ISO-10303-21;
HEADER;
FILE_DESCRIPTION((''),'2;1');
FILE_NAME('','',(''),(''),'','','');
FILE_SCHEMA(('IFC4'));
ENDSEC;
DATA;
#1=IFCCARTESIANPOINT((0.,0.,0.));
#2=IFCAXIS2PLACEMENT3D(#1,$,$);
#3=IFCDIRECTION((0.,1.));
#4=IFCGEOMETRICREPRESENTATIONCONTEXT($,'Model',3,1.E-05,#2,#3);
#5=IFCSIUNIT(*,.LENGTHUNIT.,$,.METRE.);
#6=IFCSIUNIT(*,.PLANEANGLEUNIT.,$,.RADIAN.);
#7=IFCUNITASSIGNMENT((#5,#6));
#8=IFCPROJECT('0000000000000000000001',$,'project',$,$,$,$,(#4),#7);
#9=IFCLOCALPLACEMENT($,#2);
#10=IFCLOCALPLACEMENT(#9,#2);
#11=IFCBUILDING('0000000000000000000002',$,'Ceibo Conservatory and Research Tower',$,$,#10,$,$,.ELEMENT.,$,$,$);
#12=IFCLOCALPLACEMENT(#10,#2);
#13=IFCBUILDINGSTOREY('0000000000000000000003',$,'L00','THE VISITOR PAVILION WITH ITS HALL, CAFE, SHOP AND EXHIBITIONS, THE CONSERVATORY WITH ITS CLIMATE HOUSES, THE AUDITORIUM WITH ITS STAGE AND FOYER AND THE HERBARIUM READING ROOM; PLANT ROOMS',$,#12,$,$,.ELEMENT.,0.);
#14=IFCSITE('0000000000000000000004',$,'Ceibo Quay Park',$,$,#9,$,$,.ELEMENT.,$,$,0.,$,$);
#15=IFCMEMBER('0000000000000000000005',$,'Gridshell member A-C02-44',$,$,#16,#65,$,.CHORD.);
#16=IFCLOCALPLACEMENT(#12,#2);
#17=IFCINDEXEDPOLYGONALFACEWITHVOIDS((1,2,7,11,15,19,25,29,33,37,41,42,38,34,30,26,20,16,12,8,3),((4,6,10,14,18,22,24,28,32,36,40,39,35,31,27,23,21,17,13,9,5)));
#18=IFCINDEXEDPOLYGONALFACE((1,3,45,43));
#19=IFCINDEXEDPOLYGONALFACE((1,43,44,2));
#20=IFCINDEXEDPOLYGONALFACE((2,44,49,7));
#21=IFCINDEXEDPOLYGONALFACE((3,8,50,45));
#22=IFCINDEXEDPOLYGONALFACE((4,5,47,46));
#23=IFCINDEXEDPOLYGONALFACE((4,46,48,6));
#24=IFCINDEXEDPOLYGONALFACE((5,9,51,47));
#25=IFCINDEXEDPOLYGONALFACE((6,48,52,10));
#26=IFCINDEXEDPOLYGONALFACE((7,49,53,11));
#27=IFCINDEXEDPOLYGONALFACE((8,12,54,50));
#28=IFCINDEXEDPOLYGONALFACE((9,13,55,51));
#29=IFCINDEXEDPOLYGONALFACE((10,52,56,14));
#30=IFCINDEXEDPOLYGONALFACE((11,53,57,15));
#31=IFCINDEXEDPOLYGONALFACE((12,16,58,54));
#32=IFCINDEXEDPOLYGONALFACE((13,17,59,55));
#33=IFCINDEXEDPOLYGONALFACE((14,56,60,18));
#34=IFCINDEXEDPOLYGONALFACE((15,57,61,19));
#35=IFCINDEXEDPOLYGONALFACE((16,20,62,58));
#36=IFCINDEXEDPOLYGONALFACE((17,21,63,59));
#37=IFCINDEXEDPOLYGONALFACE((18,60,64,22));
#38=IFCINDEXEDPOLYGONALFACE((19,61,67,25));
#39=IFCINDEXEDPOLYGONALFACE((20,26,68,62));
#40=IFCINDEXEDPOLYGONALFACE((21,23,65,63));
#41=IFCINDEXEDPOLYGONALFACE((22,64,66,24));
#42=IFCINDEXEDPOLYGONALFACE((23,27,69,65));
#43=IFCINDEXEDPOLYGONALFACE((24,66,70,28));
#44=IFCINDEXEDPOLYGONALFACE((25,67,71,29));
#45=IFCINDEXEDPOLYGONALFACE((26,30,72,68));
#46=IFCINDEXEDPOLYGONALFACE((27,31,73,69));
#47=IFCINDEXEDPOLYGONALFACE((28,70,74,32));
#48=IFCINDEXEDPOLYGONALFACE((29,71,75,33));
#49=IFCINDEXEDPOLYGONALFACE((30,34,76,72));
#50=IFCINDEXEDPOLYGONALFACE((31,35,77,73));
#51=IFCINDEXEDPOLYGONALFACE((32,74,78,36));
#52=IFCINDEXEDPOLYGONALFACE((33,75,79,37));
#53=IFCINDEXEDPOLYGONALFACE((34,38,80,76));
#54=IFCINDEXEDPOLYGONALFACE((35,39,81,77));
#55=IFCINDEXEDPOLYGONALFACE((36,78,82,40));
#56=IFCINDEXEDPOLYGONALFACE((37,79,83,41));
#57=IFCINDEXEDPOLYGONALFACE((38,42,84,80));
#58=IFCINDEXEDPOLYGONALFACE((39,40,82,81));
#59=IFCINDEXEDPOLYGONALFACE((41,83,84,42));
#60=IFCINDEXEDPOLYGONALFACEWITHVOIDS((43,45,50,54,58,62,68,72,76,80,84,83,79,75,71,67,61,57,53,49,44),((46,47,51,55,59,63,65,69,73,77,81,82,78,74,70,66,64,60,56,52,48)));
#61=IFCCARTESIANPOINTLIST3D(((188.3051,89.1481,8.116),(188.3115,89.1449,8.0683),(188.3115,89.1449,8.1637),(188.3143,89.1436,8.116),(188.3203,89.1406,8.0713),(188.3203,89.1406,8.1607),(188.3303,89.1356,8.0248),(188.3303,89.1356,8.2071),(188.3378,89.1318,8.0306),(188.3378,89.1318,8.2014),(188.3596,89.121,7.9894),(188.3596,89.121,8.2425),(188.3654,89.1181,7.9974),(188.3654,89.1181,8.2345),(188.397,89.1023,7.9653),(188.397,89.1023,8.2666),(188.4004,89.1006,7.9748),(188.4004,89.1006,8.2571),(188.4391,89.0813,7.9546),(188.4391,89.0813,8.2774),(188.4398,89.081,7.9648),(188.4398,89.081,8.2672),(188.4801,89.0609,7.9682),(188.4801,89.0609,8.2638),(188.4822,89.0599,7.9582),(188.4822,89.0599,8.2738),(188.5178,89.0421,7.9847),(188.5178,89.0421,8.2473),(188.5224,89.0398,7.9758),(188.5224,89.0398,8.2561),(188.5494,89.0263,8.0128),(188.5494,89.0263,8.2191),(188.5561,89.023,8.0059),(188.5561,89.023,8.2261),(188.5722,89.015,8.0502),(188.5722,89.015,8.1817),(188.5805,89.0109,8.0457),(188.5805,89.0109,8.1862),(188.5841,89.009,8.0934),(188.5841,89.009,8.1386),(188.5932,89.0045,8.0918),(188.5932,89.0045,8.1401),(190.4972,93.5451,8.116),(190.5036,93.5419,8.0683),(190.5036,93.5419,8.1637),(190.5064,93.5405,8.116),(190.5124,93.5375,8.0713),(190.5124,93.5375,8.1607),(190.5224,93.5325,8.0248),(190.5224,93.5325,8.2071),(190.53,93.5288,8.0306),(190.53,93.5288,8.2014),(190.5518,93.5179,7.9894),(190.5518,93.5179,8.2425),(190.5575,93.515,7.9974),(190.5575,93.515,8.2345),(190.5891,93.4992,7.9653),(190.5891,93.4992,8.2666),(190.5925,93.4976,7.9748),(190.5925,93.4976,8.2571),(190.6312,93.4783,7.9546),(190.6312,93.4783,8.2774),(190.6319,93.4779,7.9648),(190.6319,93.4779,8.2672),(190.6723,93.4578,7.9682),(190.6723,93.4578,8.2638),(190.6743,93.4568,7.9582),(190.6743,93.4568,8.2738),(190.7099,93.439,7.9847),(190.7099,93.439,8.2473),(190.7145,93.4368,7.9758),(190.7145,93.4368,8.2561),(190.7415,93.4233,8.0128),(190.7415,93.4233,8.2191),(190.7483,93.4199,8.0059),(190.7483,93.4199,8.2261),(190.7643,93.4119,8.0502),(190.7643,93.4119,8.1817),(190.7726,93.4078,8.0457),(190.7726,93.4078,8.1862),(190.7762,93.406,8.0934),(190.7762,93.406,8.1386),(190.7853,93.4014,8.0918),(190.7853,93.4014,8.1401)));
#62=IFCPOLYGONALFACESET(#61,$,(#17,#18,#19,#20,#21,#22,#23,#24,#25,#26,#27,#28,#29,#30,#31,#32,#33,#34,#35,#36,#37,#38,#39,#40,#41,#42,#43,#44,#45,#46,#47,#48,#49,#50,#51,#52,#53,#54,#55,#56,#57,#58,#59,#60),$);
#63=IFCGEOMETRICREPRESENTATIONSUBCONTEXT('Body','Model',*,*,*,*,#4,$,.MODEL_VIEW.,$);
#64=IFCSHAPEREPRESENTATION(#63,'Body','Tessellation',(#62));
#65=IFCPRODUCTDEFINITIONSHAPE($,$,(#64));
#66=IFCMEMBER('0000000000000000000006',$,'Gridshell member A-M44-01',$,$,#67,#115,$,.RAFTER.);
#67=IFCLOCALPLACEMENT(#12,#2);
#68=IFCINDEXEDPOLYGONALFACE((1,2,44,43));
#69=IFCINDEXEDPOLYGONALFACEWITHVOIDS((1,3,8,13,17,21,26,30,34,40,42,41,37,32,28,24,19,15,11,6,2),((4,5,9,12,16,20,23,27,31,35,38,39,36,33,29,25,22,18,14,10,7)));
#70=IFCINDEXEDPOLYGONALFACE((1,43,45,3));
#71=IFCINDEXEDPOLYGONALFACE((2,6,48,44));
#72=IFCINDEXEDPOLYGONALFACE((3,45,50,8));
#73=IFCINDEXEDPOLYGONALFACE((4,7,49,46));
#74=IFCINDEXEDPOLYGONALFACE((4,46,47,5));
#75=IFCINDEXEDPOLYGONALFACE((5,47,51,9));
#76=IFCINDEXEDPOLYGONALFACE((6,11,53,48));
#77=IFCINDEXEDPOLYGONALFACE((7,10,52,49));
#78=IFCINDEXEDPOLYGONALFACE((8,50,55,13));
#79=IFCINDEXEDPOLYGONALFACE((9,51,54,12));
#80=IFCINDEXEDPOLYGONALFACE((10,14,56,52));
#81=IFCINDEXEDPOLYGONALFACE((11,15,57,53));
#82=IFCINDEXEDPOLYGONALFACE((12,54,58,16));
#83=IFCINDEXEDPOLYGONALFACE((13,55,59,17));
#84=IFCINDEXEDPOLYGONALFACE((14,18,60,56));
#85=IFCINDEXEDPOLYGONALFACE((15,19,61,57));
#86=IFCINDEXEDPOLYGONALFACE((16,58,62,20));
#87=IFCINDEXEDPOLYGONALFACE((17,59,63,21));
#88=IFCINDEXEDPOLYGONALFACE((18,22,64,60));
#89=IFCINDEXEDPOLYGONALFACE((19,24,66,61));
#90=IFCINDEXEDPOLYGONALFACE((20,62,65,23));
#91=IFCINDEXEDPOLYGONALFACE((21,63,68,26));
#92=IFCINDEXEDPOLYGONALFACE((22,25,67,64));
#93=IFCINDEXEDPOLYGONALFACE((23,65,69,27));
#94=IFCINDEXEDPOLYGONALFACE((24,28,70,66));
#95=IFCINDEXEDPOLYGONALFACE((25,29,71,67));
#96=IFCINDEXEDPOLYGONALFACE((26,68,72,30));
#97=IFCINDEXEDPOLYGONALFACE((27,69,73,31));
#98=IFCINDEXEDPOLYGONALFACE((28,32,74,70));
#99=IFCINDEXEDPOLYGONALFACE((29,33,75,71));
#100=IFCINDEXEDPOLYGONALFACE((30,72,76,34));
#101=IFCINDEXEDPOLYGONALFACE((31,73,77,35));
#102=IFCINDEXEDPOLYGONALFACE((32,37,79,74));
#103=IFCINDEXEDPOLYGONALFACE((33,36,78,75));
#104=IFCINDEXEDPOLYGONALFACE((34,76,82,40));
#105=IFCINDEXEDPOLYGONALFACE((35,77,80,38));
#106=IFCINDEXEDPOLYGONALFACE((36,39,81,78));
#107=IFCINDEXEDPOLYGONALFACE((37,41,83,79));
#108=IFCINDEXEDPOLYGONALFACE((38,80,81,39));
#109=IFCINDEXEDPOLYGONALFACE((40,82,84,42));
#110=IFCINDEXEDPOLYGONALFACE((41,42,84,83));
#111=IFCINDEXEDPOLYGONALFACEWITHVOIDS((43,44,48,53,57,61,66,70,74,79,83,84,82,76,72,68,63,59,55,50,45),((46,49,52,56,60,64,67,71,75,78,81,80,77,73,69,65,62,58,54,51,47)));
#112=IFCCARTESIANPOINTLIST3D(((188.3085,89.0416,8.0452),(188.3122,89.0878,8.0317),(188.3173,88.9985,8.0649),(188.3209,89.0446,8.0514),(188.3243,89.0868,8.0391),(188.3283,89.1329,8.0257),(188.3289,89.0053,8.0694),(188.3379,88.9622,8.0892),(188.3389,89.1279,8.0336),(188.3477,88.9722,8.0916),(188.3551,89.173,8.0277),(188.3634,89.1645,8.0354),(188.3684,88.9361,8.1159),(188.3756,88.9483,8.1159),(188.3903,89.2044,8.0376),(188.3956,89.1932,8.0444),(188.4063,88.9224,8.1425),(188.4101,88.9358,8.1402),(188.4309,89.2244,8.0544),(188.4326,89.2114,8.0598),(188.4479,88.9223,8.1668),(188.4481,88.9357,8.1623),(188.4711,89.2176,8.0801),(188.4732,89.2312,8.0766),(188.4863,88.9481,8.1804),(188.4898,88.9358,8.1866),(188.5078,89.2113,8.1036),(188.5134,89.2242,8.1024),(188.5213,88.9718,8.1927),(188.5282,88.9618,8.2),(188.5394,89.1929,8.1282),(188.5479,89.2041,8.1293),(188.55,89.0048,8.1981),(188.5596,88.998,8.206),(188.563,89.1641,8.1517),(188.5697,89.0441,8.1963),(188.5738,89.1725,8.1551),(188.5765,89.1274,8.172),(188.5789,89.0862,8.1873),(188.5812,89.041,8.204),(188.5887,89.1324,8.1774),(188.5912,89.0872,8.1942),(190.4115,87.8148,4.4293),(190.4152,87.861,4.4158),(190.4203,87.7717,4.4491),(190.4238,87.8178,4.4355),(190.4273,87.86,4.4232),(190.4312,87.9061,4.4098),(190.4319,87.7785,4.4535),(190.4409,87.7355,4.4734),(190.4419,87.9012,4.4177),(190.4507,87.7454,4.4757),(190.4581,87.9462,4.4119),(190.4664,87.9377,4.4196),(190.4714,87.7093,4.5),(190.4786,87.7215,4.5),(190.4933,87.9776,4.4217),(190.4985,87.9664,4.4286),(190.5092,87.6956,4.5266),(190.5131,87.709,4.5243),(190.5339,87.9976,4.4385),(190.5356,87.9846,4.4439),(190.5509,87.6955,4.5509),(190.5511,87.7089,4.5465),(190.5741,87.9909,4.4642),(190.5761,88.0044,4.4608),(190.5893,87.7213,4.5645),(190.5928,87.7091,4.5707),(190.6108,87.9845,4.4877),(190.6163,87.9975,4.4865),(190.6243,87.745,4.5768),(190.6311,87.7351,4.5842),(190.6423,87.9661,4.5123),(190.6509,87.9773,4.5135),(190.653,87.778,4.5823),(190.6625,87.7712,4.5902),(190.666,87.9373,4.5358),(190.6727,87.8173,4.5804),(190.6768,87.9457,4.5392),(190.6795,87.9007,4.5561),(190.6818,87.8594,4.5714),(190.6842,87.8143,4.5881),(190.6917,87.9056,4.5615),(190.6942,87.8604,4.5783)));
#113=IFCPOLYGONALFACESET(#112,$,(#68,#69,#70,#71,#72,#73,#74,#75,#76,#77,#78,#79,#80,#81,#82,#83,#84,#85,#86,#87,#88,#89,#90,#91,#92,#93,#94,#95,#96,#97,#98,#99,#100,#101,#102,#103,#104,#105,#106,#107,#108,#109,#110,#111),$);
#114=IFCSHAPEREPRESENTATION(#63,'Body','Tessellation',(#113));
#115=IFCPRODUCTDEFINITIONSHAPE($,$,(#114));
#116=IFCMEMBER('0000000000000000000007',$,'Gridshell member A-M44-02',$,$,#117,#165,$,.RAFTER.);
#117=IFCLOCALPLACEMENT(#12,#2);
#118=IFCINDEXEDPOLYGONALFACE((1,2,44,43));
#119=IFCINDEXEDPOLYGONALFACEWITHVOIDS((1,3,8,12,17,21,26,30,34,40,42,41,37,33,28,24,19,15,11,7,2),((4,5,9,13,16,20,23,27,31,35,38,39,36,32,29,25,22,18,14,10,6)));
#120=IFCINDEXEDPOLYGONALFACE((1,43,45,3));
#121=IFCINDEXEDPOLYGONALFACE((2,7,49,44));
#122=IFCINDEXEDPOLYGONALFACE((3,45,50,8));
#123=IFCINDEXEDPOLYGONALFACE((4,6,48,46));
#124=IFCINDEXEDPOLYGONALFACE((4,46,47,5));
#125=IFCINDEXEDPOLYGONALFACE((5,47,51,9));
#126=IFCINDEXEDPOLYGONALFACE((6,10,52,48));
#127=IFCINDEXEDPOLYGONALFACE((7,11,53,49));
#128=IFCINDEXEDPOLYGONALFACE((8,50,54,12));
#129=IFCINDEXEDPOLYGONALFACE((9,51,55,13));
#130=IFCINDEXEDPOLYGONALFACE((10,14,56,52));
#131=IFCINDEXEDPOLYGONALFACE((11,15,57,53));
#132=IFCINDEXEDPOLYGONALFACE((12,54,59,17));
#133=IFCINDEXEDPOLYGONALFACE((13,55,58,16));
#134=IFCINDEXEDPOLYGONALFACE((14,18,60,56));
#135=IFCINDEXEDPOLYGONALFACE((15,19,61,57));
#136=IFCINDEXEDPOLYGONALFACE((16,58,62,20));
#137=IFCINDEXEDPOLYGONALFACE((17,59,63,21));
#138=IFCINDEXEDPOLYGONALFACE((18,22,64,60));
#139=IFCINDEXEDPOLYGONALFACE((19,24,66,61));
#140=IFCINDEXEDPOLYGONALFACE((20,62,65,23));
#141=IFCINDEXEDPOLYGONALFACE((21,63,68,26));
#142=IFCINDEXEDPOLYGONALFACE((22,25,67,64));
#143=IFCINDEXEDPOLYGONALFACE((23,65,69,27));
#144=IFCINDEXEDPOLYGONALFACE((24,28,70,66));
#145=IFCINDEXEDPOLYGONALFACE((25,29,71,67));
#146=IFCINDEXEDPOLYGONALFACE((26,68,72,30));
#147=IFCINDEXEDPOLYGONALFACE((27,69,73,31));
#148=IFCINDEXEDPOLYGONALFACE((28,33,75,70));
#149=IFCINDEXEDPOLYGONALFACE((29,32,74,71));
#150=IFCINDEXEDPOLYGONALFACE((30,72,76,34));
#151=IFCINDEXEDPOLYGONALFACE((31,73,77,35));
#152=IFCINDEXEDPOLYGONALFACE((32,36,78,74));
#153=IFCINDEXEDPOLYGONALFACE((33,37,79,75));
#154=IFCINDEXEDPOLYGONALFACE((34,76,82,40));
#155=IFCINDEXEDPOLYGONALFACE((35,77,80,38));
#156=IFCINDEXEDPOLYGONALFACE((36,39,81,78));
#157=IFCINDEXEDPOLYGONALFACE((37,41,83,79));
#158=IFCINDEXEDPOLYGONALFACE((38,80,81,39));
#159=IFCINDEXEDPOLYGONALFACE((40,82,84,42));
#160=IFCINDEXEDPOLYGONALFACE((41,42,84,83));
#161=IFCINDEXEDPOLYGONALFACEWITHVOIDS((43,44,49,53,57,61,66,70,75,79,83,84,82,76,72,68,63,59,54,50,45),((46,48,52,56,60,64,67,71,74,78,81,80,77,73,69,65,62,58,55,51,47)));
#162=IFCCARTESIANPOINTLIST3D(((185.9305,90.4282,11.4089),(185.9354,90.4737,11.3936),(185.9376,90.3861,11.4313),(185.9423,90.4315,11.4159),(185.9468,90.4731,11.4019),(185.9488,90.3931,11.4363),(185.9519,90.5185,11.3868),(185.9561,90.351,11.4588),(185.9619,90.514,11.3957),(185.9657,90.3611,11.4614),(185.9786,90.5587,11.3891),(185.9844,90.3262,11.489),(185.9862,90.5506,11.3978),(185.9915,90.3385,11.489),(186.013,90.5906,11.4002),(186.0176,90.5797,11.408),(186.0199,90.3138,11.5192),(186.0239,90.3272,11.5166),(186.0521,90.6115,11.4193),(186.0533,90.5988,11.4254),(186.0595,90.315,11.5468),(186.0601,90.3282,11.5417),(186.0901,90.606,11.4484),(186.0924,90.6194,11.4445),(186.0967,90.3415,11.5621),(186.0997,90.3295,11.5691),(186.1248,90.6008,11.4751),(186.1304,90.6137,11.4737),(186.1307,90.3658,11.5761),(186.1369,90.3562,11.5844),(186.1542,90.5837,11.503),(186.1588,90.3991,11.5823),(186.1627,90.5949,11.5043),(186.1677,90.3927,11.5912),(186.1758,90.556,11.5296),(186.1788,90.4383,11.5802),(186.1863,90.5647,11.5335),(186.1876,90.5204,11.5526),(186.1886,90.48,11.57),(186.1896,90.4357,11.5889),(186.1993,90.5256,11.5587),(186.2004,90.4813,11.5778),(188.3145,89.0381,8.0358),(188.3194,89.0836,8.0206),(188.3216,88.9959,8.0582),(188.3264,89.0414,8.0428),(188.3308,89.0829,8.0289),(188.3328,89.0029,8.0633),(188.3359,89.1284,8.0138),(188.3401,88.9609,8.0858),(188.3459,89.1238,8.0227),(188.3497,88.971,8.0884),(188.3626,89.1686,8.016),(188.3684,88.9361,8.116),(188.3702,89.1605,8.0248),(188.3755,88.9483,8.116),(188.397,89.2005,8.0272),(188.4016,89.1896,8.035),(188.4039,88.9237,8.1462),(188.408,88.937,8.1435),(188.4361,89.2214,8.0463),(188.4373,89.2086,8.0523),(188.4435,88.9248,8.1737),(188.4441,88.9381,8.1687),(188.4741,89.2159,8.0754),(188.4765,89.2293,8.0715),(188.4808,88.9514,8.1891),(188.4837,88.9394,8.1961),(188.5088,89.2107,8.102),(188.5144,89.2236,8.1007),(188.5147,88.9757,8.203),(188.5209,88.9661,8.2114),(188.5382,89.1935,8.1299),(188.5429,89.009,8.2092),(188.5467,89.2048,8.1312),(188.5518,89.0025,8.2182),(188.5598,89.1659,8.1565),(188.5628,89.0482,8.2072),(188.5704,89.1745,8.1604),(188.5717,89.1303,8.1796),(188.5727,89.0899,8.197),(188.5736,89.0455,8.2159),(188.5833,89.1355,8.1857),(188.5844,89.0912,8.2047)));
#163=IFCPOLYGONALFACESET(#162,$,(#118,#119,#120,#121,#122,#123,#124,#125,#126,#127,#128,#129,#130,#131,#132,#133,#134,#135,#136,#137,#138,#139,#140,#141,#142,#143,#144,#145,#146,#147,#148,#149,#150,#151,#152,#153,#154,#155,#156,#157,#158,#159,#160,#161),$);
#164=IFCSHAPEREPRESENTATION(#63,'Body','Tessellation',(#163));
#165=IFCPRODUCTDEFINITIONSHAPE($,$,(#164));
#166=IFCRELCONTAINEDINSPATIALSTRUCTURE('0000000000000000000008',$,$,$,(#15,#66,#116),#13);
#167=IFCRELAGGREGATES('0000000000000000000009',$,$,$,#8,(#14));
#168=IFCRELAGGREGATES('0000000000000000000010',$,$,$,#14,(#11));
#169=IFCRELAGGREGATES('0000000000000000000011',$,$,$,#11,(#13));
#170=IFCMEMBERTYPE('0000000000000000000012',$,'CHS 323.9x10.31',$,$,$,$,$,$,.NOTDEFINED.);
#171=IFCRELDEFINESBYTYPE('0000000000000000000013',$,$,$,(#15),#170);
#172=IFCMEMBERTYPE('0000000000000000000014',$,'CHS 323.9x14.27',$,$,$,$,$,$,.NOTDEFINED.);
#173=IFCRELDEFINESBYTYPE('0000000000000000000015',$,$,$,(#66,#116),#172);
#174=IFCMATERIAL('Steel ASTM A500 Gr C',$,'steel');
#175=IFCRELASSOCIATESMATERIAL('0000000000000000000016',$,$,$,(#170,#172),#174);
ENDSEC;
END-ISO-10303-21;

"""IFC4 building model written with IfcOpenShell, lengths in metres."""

from ifc_helpers import new_model, si_unit, direction, frame, origin, origin_2d, place, context, subcontext, project, spatial, hollow_circle, extrude, material, material_profile, profile_set, type_object, element, save


model = new_model("IFC4")

# Units and contexts
model_context = context("Model", 3, precision=1e-05, world=origin(), true_north=direction((0.0, 1.0)))
body_context = subcontext(model_context, "Body", "Model", "MODEL_VIEW")
ifc_project = project(units=[si_unit("LENGTHUNIT", "METRE"), si_unit("PLANEANGLEUNIT", "RADIAN")], contexts=[model_context])

# Site, building, storey
site_placement = place(None, origin())
site = spatial("IfcSite", under=ifc_project, at=site_placement, Name="Ceibo Quay Park", CompositionType="ELEMENT", RefElevation=0.0)
building_placement = place(site_placement, origin())
building = spatial("IfcBuilding", under=site, at=building_placement, Name="Ceibo Conservatory and Research Tower", CompositionType="ELEMENT")
storey_placement = place(building_placement, origin())
storey = spatial("IfcBuildingStorey", under=building, at=storey_placement, Name="L00", Description="THE VISITOR PAVILION WITH ITS HALL, CAFE, SHOP AND EXHIBITIONS, THE CONSERVATORY WITH ITS CLIMATE HOUSES, THE AUDITORIUM WITH ITS STAGE AND FOYER AND THE HERBARIUM READING ROOM; PLANT ROOMS", CompositionType="ELEMENT", Elevation=0.0)

# Members
ifc_material_1 = material(Name="Steel ASTM A500 Gr C", Category="steel")
ifc_material_profile_1 = material_profile(ifc_material_1, hollow_circle(Radius=0.1619, WallThickness=0.0103, at=origin_2d()), Name="CHS 323.9x10.31")
ifc_profile_set_1 = profile_set([ifc_material_profile_1], Name="Steel ASTM A500 Gr C")
member_type_1 = type_object("IfcMemberType", Name="CHS 323.9x10.31", PredefinedType="NOTDEFINED", material=ifc_profile_set_1)
member_1_placement = place(storey_placement, frame((188.45, 89.0759, 8.116), z_axis=(0.44618, 0.894943, 0.0), x_axis=(-0.894943, 0.44618, 0.0)))
element("IfcMember", 1, at=member_1_placement, inside=storey, type_object=member_type_1, Name="Gridshell member A-C02-44", PredefinedType="CHORD", context=body_context, shape_type="SweptSolid", body=[
    extrude(hollow_circle(Radius=0.1619, WallThickness=0.0103, at=origin_2d()), origin(), (0.0, 0.0, 1.0), 4.9131),
])
ifc_material_profile_2 = material_profile(ifc_material_1, hollow_circle(Radius=0.1619, WallThickness=0.0142, at=origin_2d()), Name="CHS 323.9x14.27")
ifc_profile_set_2 = profile_set([ifc_material_profile_2], Name="Steel ASTM A500 Gr C")
member_type_2 = type_object("IfcMemberType", Name="CHS 323.9x14.27", PredefinedType="NOTDEFINED", material=ifc_profile_set_2)
member_2_placement = place(storey_placement, frame((190.553, 87.8491, 4.5), z_axis=(-0.48243, 0.281427, 0.829494), x_axis=(-0.503883, -0.863772, 0.0)))
element("IfcMember", 2, at=member_2_placement, inside=storey, type_object=member_type_2, Name="Gridshell member A-M44-01", PredefinedType="RAFTER", context=body_context, shape_type="SweptSolid", body=[
    extrude(hollow_circle(Radius=0.1619, WallThickness=0.0142, at=origin_2d()), origin(), (0.0, 0.0, 1.0), 4.3591),
])
member_3_placement = place(storey_placement, frame((188.45, 89.0759, 8.116), z_axis=(-0.547028, 0.318973, 0.773962), x_axis=(-0.503723, -0.863866, 0.0)))
element("IfcMember", 3, at=member_3_placement, inside=storey, type_object=member_type_2, Name="Gridshell member A-M44-02", PredefinedType="RAFTER", context=body_context, shape_type="SweptSolid", body=[
    extrude(hollow_circle(Radius=0.1619, WallThickness=0.0142, at=origin_2d()), origin(), (0.0, 0.0, 1.0), 4.3582),
])

save(model, "model.ifc")
